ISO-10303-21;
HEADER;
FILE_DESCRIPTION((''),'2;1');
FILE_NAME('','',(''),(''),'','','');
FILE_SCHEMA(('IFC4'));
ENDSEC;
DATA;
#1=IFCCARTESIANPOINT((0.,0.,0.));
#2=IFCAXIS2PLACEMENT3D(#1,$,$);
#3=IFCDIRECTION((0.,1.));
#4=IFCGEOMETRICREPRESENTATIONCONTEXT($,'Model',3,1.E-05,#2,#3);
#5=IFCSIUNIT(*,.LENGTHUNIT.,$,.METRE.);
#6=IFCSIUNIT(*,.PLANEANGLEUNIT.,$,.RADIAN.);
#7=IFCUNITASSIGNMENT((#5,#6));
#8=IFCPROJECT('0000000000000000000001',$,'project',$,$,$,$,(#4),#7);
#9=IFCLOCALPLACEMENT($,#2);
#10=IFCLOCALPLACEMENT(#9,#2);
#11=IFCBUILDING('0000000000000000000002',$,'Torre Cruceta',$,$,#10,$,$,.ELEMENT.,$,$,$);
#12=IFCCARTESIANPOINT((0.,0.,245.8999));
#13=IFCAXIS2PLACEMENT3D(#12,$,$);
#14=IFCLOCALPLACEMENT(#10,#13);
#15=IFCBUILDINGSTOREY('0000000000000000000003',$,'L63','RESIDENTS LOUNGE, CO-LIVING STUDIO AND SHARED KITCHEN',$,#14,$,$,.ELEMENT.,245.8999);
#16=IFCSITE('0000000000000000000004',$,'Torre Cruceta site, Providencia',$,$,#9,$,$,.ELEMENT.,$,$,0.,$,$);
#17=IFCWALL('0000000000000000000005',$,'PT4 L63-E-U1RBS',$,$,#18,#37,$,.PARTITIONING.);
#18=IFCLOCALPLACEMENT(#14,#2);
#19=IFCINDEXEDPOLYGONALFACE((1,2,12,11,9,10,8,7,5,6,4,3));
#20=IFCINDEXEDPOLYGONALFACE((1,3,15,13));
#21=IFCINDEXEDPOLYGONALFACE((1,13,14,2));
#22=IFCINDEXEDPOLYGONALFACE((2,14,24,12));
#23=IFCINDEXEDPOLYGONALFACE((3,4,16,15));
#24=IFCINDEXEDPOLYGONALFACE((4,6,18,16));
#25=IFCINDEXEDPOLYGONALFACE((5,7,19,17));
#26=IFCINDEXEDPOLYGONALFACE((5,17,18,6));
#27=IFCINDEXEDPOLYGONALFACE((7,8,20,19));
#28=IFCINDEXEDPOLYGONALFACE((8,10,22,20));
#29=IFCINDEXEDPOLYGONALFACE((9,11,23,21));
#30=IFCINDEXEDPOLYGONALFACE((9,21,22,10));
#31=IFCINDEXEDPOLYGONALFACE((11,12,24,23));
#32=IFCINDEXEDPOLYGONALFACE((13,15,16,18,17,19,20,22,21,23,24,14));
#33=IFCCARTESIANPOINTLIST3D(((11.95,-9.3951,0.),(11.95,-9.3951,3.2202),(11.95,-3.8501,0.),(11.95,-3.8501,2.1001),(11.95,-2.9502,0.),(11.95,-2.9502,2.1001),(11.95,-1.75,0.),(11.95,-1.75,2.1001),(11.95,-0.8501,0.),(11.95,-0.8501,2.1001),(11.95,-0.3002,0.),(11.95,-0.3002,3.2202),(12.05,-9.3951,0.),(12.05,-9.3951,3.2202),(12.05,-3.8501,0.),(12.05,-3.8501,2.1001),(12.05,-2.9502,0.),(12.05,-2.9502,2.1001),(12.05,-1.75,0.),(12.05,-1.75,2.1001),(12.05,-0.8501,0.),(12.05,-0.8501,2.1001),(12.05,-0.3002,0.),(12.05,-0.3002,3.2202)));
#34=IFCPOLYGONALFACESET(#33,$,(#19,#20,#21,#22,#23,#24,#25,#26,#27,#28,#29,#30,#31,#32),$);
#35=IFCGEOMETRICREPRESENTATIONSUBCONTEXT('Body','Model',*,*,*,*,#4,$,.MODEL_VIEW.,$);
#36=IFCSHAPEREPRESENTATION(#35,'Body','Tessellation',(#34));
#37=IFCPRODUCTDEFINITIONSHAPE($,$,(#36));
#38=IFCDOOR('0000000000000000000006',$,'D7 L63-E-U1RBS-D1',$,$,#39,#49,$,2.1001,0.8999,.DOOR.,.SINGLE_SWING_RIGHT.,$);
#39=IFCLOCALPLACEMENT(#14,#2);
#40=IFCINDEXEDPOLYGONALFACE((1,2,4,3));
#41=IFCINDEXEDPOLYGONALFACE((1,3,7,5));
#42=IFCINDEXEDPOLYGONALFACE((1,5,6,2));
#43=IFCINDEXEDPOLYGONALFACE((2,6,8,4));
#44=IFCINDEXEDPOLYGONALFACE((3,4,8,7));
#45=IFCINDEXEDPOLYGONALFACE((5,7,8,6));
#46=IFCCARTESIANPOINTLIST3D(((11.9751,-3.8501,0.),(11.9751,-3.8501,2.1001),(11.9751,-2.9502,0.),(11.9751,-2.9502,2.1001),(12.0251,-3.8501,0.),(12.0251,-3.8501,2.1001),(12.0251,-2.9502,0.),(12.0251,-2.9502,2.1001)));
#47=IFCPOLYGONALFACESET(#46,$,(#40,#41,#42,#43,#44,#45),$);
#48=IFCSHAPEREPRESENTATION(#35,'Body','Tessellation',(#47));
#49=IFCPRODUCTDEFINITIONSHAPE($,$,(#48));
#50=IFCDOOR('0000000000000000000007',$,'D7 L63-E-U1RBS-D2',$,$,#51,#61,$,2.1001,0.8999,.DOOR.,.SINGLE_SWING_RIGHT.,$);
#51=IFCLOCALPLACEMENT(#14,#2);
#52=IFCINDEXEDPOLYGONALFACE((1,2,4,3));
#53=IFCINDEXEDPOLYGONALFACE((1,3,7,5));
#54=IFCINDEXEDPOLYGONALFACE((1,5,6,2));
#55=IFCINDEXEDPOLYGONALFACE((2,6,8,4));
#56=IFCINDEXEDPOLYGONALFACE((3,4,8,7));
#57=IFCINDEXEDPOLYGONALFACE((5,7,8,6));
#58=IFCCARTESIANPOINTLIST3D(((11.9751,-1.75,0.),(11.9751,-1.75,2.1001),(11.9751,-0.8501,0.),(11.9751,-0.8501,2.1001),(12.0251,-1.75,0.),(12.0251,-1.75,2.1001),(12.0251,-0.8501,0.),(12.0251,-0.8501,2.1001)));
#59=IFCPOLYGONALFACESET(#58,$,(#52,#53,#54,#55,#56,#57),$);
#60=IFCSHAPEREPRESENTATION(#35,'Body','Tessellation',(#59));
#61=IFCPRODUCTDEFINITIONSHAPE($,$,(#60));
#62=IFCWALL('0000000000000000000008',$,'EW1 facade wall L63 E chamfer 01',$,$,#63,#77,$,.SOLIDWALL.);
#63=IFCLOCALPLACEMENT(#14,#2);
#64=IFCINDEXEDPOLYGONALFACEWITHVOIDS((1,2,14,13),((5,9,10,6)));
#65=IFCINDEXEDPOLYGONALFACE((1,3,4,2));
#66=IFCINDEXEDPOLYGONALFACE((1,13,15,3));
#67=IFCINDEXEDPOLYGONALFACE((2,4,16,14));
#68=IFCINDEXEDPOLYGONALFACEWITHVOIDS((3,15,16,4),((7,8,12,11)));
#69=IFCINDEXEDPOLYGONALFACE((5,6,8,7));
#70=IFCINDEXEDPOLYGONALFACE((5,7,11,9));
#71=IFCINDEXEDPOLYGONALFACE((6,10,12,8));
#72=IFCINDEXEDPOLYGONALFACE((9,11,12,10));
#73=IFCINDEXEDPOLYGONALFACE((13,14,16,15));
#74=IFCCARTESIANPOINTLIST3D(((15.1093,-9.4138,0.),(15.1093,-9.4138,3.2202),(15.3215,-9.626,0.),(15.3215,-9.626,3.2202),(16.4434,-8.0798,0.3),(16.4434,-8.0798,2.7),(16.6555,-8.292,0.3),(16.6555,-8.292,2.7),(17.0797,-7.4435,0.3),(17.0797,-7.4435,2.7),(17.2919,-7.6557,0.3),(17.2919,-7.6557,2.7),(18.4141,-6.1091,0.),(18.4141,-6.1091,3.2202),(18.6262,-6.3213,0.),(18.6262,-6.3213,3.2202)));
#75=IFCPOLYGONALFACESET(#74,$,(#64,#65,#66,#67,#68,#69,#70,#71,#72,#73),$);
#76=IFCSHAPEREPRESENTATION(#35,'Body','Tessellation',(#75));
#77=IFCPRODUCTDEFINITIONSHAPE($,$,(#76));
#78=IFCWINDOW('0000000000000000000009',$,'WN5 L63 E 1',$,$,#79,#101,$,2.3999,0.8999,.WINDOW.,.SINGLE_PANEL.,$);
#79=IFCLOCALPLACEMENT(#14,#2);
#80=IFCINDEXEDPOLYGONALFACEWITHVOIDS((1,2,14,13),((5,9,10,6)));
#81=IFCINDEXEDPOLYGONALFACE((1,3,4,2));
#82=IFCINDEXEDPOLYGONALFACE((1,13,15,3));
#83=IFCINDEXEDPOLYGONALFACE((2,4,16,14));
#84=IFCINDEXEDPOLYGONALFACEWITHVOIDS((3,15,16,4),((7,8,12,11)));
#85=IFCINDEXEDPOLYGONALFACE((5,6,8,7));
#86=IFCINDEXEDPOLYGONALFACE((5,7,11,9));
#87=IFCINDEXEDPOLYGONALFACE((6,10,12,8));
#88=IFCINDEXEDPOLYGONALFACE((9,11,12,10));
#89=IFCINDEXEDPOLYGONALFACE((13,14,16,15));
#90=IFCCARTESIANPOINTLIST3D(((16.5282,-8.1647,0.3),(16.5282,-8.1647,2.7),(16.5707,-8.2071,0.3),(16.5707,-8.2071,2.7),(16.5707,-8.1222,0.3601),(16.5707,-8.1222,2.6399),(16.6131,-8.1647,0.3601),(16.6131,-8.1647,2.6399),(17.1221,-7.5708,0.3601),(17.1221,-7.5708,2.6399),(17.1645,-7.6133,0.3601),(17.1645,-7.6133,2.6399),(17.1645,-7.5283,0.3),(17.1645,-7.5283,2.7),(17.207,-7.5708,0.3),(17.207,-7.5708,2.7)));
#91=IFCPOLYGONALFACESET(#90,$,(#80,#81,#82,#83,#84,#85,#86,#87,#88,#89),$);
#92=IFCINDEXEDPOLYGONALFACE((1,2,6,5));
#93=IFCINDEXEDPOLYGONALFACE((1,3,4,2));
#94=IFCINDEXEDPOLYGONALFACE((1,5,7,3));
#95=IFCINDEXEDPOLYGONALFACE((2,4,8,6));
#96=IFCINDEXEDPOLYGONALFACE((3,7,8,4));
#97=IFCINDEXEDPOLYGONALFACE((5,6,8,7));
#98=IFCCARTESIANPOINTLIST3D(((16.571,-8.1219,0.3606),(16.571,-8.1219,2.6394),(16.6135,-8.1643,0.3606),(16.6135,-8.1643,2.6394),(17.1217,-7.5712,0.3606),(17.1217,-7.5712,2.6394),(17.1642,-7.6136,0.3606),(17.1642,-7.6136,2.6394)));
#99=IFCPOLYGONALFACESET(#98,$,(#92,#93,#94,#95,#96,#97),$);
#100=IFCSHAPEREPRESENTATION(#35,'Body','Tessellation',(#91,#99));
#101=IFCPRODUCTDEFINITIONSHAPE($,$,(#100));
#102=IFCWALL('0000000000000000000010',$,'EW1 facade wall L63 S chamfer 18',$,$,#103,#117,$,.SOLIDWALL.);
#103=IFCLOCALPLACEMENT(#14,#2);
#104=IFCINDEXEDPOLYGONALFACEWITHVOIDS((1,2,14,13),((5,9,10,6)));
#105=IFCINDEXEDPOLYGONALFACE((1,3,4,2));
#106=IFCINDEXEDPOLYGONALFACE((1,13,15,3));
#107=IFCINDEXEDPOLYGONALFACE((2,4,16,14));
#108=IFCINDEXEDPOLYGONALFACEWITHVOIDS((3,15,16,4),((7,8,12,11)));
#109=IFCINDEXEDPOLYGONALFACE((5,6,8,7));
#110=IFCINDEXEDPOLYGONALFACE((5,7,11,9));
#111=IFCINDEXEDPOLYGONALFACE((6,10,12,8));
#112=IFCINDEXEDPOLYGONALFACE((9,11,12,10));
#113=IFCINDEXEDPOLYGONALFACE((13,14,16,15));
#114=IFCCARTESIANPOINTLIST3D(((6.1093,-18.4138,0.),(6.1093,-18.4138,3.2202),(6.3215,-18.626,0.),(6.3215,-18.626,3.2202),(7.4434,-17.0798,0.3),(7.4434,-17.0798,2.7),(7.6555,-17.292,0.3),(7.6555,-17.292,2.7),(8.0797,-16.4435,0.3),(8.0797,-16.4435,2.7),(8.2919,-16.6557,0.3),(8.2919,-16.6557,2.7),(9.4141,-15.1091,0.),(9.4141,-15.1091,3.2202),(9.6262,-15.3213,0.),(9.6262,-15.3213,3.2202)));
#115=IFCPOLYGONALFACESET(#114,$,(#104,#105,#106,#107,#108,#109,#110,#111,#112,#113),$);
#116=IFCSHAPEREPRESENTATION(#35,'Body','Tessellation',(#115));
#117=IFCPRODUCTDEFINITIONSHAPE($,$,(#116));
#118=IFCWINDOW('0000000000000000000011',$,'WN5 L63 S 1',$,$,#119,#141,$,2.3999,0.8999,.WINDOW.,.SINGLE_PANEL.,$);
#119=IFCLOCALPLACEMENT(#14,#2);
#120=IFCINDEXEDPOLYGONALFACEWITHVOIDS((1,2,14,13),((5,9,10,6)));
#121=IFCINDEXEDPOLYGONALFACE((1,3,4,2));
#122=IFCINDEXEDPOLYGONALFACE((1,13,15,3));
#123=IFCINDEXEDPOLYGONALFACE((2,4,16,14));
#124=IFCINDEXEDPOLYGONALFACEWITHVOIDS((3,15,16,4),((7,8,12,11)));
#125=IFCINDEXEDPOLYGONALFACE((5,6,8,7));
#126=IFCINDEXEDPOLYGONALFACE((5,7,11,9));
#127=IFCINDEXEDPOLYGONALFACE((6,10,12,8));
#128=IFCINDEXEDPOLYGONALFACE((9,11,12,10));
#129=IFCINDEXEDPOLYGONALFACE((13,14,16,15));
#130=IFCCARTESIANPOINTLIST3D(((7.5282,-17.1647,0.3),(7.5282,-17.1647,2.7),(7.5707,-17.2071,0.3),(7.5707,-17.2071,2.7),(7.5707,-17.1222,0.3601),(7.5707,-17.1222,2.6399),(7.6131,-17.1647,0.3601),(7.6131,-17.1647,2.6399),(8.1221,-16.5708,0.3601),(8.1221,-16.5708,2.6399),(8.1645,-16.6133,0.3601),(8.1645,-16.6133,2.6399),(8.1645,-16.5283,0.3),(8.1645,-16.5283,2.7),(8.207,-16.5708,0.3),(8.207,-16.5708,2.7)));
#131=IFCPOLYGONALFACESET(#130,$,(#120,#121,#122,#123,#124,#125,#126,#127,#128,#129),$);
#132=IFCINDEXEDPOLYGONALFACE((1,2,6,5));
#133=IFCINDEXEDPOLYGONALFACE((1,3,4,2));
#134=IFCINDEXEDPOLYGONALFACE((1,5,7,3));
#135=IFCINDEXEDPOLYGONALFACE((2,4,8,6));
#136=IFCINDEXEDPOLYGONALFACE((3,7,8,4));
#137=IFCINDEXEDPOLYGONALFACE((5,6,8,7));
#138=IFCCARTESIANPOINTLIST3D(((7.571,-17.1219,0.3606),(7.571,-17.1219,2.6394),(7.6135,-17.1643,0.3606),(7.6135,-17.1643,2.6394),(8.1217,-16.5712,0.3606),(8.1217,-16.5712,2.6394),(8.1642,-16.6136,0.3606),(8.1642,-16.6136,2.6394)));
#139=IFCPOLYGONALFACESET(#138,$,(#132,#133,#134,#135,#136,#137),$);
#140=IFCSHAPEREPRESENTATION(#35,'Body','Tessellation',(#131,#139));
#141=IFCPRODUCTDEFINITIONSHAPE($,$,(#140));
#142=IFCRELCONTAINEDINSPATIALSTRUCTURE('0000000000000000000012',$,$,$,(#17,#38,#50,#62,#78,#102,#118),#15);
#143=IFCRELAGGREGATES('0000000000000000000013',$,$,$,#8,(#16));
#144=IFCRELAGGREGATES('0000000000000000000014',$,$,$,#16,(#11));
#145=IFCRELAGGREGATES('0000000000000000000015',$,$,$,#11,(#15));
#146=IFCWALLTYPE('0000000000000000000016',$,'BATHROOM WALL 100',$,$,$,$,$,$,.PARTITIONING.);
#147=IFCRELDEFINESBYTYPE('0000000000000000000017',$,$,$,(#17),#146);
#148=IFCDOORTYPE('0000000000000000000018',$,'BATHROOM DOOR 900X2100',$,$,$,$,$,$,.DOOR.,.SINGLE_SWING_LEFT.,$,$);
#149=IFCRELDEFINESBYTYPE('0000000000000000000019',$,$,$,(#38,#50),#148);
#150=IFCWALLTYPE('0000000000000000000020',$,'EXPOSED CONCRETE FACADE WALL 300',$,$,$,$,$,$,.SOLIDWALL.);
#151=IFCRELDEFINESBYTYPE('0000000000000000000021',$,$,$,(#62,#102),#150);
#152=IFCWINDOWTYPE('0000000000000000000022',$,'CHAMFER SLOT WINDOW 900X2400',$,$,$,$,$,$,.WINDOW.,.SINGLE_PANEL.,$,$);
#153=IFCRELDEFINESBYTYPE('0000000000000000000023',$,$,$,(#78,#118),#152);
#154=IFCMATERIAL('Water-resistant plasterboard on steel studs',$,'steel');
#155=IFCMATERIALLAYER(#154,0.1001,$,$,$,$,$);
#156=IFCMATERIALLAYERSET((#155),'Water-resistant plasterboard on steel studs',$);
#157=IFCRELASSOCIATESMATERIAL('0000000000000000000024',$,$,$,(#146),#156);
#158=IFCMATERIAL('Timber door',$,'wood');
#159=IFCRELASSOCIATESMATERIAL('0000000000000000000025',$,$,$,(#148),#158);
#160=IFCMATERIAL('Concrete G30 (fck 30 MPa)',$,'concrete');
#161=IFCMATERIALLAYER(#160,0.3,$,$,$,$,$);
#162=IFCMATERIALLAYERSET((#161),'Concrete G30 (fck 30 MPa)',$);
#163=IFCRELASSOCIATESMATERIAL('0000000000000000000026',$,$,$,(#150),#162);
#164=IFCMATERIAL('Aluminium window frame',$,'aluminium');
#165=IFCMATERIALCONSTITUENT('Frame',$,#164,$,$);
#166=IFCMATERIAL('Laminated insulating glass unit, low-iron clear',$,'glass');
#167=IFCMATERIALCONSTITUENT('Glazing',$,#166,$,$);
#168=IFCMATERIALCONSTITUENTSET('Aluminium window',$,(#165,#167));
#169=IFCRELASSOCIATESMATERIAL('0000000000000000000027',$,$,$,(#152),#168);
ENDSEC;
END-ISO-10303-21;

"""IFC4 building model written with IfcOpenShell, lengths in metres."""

from ifc_helpers import new_model, si_unit, direction, frame, frame_2d, origin, place, context, subcontext, project, spatial, rectangle, hollow_rectangle, extrude, material, layer, layer_set, constituent, constituent_set, type_object, element, fill, save


model = new_model("IFC4")

# Units and contexts
model_context = context("Model", 3, precision=1e-05, world=origin(), true_north=direction((0.0, 1.0)))
body_context = subcontext(model_context, "Body", "Model", "MODEL_VIEW")
ifc_project = project(units=[si_unit("LENGTHUNIT", "METRE"), si_unit("PLANEANGLEUNIT", "RADIAN")], contexts=[model_context])

# Site, building, storey
site_placement = place(None, origin())
site = spatial("IfcSite", under=ifc_project, at=site_placement, Name="Torre Cruceta site, Providencia", CompositionType="ELEMENT", RefElevation=0.0)
building_placement = place(site_placement, origin())
building = spatial("IfcBuilding", under=site, at=building_placement, Name="Torre Cruceta", CompositionType="ELEMENT")
storey_placement = place(building_placement, frame((0.0, 0.0, 245.8999)))
storey = spatial("IfcBuildingStorey", under=building, at=storey_placement, Name="L63", Description="RESIDENTS LOUNGE, CO-LIVING STUDIO AND SHARED KITCHEN", CompositionType="ELEMENT", Elevation=245.8999)

# Wall, openings, doors
ifc_material_1 = material(Name="Water-resistant plasterboard on steel studs", Category="steel")
ifc_layer_1 = layer(ifc_material_1, 0.1001)
ifc_layer_set_1 = layer_set([ifc_layer_1], Name="Water-resistant plasterboard on steel studs")
wall_type_1 = type_object("IfcWallType", Name="BATHROOM WALL 100", PredefinedType="PARTITIONING", material=ifc_layer_set_1)
wall_1_placement = place(storey_placement, frame((12.0, -9.395, 0.0), z_axis=(0.0, 0.0, 1.0), x_axis=(0.0, 1.0, 0.0)))
wall_1 = element("IfcWall", 1, at=wall_1_placement, inside=storey, type_object=wall_type_1, Name="PT4 L63-E-U1RBS", PredefinedType="PARTITIONING", context=body_context, shape_type="SweptSolid", body=[
    extrude(rectangle(XDim=9.095, YDim=0.1001, at=frame_2d((4.5474, 0.0))), origin(), (0.0, 0.0, 1.0), 3.2202),
])
opening_1_placement = place(wall_1_placement, frame((5.5449, 0.0, 0.0)))
opening_1 = element("IfcOpeningElement", 2, at=opening_1_placement, cuts=wall_1, PredefinedType="OPENING", context=body_context, shape_type="SweptSolid", body=[
    extrude(rectangle(XDim=0.8999, YDim=2.1001, at=frame_2d((0.45, 1.05))), frame((0.0, 0.0601, 0.0), z_axis=(0.0, -1.0, 0.0), x_axis=(1.0, 0.0, 0.0)), (0.0, 0.0, 1.0), 0.1201),
])
opening_2_placement = place(wall_1_placement, frame((7.645, 0.0, 0.0)))
opening_2 = element("IfcOpeningElement", 3, at=opening_2_placement, cuts=wall_1, PredefinedType="OPENING", context=body_context, shape_type="SweptSolid", body=[
    extrude(rectangle(XDim=0.8999, YDim=2.1001, at=frame_2d((0.45, 1.05))), frame((0.0, 0.0601, 0.0), z_axis=(0.0, -1.0, 0.0), x_axis=(1.0, 0.0, 0.0)), (0.0, 0.0, 1.0), 0.1201),
])
ifc_material_2 = material(Name="Timber door", Category="wood")
door_type_1 = type_object("IfcDoorType", Name="BATHROOM DOOR 900X2100", OperationType="SINGLE_SWING_LEFT", PredefinedType="DOOR", material=ifc_material_2)
door_1_placement = place(opening_1_placement, origin())
door_1 = element("IfcDoor", 4, at=door_1_placement, inside=storey, type_object=door_type_1, Name="D7 L63-E-U1RBS-D1", OperationType="SINGLE_SWING_RIGHT", OverallHeight=2.1001, OverallWidth=0.8999, PredefinedType="DOOR", context=body_context, shape_type="SweptSolid", body=[
    extrude(rectangle(XDim=0.8999, YDim=2.1001, at=frame_2d((0.45, 1.05))), frame((0.0, 0.0249, 0.0), z_axis=(0.0, -1.0, 0.0), x_axis=(1.0, 0.0, 0.0)), (0.0, 0.0, 1.0), 0.05),
])
fill(opening_1, door_1)
door_2_placement = place(opening_2_placement, origin())
door_2 = element("IfcDoor", 5, at=door_2_placement, inside=storey, type_object=door_type_1, Name="D7 L63-E-U1RBS-D2", OperationType="SINGLE_SWING_RIGHT", OverallHeight=2.1001, OverallWidth=0.8999, PredefinedType="DOOR", context=body_context, shape_type="SweptSolid", body=[
    extrude(rectangle(XDim=0.8999, YDim=2.1001, at=frame_2d((0.45, 1.05))), frame((0.0, 0.0249, 0.0), z_axis=(0.0, -1.0, 0.0), x_axis=(1.0, 0.0, 0.0)), (0.0, 0.0, 1.0), 0.05),
])
fill(opening_2, door_2)

# Walls, openings, windows
ifc_material_3 = material(Name="Concrete G30 (fck 30 MPa)", Category="concrete")
ifc_layer_2 = layer(ifc_material_3, 0.3)
ifc_layer_set_2 = layer_set([ifc_layer_2], Name="Concrete G30 (fck 30 MPa)")
wall_type_2 = type_object("IfcWallType", Name="EXPOSED CONCRETE FACADE WALL 300", PredefinedType="SOLIDWALL", material=ifc_layer_set_2)
wall_2_placement = place(storey_placement, frame((15.2153, -9.52, 0.0), z_axis=(0.0, 0.0, 1.0), x_axis=(0.707107, 0.707107, 0.0)))
wall_2 = element("IfcWall", 6, at=wall_2_placement, inside=storey, type_object=wall_type_2, Name="EW1 facade wall L63 E chamfer 01", PredefinedType="SOLIDWALL", context=body_context, shape_type="SweptSolid", body=[
    extrude(rectangle(XDim=4.6736, YDim=0.3, at=frame_2d((2.3369, 0.0))), origin(), (0.0, 0.0, 1.0), 3.2202),
])
opening_3_placement = place(wall_2_placement, frame((1.8867, 0.0, 0.3)))
opening_3 = element("IfcOpeningElement", 7, at=opening_3_placement, cuts=wall_2, PredefinedType="OPENING", context=body_context, shape_type="SweptSolid", body=[
    extrude(rectangle(XDim=0.8999, YDim=2.3999, at=frame_2d((0.45, 1.2))), frame((0.0, 0.1599, 0.0), z_axis=(0.0, -1.0, 0.0), x_axis=(1.0, 0.0, 0.0)), (0.0, 0.0, 1.0), 0.3201),
])
ifc_material_4 = material(Name="Aluminium window frame", Category="aluminium")
ifc_constituent_1 = constituent(ifc_material_4, Name="Frame")
ifc_material_5 = material(Name="Laminated insulating glass unit, low-iron clear", Category="glass")
ifc_constituent_2 = constituent(ifc_material_5, Name="Glazing")
ifc_constituent_set_1 = constituent_set(constituents=[ifc_constituent_1, ifc_constituent_2], Name="Aluminium window")
window_type = type_object("IfcWindowType", Name="CHAMFER SLOT WINDOW 900X2400", PartitioningType="SINGLE_PANEL", PredefinedType="WINDOW", material=ifc_constituent_set_1)
window_1_placement = place(opening_3_placement, origin())
window_1 = element("IfcWindow", 8, at=window_1_placement, inside=storey, type_object=window_type, Name="WN5 L63 E 1", OverallHeight=2.3999, OverallWidth=0.8999, PartitioningType="SINGLE_PANEL", PredefinedType="WINDOW", context=body_context, shape_type="SweptSolid", body=[
    extrude(hollow_rectangle(XDim=0.8999, YDim=2.3999, WallThickness=0.0601, at=frame_2d((0.45, 1.2))), frame((0.0, 0.03, 0.0), z_axis=(0.0, -1.0, 0.0), x_axis=(1.0, 0.0, 0.0)), (0.0, 0.0, 1.0), 0.0601),
    extrude(rectangle(XDim=0.7788, YDim=2.2788, at=frame_2d((0.45, 1.2))), frame((0.0, 0.03, 0.0), z_axis=(0.0, -1.0, 0.0), x_axis=(1.0, 0.0, 0.0)), (0.0, 0.0, 1.0), 0.0601),
])
fill(opening_3, window_1)
wall_3_placement = place(storey_placement, frame((6.2153, -18.52, 0.0), z_axis=(0.0, 0.0, 1.0), x_axis=(0.707107, 0.707107, 0.0)))
wall_3 = element("IfcWall", 9, at=wall_3_placement, inside=storey, type_object=wall_type_2, Name="EW1 facade wall L63 S chamfer 18", PredefinedType="SOLIDWALL", context=body_context, shape_type="SweptSolid", body=[
    extrude(rectangle(XDim=4.6736, YDim=0.3, at=frame_2d((2.3369, 0.0))), origin(), (0.0, 0.0, 1.0), 3.2202),
])
opening_4_placement = place(wall_3_placement, frame((1.8867, 0.0, 0.3)))
opening_4 = element("IfcOpeningElement", 10, at=opening_4_placement, cuts=wall_3, PredefinedType="OPENING", context=body_context, shape_type="SweptSolid", body=[
    extrude(rectangle(XDim=0.8999, YDim=2.3999, at=frame_2d((0.45, 1.2))), frame((0.0, 0.1599, 0.0), z_axis=(0.0, -1.0, 0.0), x_axis=(1.0, 0.0, 0.0)), (0.0, 0.0, 1.0), 0.3201),
])
window_2_placement = place(opening_4_placement, origin())
window_2 = element("IfcWindow", 11, at=window_2_placement, inside=storey, type_object=window_type, Name="WN5 L63 S 1", OverallHeight=2.3999, OverallWidth=0.8999, PartitioningType="SINGLE_PANEL", PredefinedType="WINDOW", context=body_context, shape_type="SweptSolid", body=[
    extrude(hollow_rectangle(XDim=0.8999, YDim=2.3999, WallThickness=0.0601, at=frame_2d((0.45, 1.2))), frame((0.0, 0.03, 0.0), z_axis=(0.0, -1.0, 0.0), x_axis=(1.0, 0.0, 0.0)), (0.0, 0.0, 1.0), 0.0601),
    extrude(rectangle(XDim=0.7788, YDim=2.2788, at=frame_2d((0.45, 1.2))), frame((0.0, 0.03, 0.0), z_axis=(0.0, -1.0, 0.0), x_axis=(1.0, 0.0, 0.0)), (0.0, 0.0, 1.0), 0.0601),
])
fill(opening_4, window_2)

save(model, "model.ifc")
